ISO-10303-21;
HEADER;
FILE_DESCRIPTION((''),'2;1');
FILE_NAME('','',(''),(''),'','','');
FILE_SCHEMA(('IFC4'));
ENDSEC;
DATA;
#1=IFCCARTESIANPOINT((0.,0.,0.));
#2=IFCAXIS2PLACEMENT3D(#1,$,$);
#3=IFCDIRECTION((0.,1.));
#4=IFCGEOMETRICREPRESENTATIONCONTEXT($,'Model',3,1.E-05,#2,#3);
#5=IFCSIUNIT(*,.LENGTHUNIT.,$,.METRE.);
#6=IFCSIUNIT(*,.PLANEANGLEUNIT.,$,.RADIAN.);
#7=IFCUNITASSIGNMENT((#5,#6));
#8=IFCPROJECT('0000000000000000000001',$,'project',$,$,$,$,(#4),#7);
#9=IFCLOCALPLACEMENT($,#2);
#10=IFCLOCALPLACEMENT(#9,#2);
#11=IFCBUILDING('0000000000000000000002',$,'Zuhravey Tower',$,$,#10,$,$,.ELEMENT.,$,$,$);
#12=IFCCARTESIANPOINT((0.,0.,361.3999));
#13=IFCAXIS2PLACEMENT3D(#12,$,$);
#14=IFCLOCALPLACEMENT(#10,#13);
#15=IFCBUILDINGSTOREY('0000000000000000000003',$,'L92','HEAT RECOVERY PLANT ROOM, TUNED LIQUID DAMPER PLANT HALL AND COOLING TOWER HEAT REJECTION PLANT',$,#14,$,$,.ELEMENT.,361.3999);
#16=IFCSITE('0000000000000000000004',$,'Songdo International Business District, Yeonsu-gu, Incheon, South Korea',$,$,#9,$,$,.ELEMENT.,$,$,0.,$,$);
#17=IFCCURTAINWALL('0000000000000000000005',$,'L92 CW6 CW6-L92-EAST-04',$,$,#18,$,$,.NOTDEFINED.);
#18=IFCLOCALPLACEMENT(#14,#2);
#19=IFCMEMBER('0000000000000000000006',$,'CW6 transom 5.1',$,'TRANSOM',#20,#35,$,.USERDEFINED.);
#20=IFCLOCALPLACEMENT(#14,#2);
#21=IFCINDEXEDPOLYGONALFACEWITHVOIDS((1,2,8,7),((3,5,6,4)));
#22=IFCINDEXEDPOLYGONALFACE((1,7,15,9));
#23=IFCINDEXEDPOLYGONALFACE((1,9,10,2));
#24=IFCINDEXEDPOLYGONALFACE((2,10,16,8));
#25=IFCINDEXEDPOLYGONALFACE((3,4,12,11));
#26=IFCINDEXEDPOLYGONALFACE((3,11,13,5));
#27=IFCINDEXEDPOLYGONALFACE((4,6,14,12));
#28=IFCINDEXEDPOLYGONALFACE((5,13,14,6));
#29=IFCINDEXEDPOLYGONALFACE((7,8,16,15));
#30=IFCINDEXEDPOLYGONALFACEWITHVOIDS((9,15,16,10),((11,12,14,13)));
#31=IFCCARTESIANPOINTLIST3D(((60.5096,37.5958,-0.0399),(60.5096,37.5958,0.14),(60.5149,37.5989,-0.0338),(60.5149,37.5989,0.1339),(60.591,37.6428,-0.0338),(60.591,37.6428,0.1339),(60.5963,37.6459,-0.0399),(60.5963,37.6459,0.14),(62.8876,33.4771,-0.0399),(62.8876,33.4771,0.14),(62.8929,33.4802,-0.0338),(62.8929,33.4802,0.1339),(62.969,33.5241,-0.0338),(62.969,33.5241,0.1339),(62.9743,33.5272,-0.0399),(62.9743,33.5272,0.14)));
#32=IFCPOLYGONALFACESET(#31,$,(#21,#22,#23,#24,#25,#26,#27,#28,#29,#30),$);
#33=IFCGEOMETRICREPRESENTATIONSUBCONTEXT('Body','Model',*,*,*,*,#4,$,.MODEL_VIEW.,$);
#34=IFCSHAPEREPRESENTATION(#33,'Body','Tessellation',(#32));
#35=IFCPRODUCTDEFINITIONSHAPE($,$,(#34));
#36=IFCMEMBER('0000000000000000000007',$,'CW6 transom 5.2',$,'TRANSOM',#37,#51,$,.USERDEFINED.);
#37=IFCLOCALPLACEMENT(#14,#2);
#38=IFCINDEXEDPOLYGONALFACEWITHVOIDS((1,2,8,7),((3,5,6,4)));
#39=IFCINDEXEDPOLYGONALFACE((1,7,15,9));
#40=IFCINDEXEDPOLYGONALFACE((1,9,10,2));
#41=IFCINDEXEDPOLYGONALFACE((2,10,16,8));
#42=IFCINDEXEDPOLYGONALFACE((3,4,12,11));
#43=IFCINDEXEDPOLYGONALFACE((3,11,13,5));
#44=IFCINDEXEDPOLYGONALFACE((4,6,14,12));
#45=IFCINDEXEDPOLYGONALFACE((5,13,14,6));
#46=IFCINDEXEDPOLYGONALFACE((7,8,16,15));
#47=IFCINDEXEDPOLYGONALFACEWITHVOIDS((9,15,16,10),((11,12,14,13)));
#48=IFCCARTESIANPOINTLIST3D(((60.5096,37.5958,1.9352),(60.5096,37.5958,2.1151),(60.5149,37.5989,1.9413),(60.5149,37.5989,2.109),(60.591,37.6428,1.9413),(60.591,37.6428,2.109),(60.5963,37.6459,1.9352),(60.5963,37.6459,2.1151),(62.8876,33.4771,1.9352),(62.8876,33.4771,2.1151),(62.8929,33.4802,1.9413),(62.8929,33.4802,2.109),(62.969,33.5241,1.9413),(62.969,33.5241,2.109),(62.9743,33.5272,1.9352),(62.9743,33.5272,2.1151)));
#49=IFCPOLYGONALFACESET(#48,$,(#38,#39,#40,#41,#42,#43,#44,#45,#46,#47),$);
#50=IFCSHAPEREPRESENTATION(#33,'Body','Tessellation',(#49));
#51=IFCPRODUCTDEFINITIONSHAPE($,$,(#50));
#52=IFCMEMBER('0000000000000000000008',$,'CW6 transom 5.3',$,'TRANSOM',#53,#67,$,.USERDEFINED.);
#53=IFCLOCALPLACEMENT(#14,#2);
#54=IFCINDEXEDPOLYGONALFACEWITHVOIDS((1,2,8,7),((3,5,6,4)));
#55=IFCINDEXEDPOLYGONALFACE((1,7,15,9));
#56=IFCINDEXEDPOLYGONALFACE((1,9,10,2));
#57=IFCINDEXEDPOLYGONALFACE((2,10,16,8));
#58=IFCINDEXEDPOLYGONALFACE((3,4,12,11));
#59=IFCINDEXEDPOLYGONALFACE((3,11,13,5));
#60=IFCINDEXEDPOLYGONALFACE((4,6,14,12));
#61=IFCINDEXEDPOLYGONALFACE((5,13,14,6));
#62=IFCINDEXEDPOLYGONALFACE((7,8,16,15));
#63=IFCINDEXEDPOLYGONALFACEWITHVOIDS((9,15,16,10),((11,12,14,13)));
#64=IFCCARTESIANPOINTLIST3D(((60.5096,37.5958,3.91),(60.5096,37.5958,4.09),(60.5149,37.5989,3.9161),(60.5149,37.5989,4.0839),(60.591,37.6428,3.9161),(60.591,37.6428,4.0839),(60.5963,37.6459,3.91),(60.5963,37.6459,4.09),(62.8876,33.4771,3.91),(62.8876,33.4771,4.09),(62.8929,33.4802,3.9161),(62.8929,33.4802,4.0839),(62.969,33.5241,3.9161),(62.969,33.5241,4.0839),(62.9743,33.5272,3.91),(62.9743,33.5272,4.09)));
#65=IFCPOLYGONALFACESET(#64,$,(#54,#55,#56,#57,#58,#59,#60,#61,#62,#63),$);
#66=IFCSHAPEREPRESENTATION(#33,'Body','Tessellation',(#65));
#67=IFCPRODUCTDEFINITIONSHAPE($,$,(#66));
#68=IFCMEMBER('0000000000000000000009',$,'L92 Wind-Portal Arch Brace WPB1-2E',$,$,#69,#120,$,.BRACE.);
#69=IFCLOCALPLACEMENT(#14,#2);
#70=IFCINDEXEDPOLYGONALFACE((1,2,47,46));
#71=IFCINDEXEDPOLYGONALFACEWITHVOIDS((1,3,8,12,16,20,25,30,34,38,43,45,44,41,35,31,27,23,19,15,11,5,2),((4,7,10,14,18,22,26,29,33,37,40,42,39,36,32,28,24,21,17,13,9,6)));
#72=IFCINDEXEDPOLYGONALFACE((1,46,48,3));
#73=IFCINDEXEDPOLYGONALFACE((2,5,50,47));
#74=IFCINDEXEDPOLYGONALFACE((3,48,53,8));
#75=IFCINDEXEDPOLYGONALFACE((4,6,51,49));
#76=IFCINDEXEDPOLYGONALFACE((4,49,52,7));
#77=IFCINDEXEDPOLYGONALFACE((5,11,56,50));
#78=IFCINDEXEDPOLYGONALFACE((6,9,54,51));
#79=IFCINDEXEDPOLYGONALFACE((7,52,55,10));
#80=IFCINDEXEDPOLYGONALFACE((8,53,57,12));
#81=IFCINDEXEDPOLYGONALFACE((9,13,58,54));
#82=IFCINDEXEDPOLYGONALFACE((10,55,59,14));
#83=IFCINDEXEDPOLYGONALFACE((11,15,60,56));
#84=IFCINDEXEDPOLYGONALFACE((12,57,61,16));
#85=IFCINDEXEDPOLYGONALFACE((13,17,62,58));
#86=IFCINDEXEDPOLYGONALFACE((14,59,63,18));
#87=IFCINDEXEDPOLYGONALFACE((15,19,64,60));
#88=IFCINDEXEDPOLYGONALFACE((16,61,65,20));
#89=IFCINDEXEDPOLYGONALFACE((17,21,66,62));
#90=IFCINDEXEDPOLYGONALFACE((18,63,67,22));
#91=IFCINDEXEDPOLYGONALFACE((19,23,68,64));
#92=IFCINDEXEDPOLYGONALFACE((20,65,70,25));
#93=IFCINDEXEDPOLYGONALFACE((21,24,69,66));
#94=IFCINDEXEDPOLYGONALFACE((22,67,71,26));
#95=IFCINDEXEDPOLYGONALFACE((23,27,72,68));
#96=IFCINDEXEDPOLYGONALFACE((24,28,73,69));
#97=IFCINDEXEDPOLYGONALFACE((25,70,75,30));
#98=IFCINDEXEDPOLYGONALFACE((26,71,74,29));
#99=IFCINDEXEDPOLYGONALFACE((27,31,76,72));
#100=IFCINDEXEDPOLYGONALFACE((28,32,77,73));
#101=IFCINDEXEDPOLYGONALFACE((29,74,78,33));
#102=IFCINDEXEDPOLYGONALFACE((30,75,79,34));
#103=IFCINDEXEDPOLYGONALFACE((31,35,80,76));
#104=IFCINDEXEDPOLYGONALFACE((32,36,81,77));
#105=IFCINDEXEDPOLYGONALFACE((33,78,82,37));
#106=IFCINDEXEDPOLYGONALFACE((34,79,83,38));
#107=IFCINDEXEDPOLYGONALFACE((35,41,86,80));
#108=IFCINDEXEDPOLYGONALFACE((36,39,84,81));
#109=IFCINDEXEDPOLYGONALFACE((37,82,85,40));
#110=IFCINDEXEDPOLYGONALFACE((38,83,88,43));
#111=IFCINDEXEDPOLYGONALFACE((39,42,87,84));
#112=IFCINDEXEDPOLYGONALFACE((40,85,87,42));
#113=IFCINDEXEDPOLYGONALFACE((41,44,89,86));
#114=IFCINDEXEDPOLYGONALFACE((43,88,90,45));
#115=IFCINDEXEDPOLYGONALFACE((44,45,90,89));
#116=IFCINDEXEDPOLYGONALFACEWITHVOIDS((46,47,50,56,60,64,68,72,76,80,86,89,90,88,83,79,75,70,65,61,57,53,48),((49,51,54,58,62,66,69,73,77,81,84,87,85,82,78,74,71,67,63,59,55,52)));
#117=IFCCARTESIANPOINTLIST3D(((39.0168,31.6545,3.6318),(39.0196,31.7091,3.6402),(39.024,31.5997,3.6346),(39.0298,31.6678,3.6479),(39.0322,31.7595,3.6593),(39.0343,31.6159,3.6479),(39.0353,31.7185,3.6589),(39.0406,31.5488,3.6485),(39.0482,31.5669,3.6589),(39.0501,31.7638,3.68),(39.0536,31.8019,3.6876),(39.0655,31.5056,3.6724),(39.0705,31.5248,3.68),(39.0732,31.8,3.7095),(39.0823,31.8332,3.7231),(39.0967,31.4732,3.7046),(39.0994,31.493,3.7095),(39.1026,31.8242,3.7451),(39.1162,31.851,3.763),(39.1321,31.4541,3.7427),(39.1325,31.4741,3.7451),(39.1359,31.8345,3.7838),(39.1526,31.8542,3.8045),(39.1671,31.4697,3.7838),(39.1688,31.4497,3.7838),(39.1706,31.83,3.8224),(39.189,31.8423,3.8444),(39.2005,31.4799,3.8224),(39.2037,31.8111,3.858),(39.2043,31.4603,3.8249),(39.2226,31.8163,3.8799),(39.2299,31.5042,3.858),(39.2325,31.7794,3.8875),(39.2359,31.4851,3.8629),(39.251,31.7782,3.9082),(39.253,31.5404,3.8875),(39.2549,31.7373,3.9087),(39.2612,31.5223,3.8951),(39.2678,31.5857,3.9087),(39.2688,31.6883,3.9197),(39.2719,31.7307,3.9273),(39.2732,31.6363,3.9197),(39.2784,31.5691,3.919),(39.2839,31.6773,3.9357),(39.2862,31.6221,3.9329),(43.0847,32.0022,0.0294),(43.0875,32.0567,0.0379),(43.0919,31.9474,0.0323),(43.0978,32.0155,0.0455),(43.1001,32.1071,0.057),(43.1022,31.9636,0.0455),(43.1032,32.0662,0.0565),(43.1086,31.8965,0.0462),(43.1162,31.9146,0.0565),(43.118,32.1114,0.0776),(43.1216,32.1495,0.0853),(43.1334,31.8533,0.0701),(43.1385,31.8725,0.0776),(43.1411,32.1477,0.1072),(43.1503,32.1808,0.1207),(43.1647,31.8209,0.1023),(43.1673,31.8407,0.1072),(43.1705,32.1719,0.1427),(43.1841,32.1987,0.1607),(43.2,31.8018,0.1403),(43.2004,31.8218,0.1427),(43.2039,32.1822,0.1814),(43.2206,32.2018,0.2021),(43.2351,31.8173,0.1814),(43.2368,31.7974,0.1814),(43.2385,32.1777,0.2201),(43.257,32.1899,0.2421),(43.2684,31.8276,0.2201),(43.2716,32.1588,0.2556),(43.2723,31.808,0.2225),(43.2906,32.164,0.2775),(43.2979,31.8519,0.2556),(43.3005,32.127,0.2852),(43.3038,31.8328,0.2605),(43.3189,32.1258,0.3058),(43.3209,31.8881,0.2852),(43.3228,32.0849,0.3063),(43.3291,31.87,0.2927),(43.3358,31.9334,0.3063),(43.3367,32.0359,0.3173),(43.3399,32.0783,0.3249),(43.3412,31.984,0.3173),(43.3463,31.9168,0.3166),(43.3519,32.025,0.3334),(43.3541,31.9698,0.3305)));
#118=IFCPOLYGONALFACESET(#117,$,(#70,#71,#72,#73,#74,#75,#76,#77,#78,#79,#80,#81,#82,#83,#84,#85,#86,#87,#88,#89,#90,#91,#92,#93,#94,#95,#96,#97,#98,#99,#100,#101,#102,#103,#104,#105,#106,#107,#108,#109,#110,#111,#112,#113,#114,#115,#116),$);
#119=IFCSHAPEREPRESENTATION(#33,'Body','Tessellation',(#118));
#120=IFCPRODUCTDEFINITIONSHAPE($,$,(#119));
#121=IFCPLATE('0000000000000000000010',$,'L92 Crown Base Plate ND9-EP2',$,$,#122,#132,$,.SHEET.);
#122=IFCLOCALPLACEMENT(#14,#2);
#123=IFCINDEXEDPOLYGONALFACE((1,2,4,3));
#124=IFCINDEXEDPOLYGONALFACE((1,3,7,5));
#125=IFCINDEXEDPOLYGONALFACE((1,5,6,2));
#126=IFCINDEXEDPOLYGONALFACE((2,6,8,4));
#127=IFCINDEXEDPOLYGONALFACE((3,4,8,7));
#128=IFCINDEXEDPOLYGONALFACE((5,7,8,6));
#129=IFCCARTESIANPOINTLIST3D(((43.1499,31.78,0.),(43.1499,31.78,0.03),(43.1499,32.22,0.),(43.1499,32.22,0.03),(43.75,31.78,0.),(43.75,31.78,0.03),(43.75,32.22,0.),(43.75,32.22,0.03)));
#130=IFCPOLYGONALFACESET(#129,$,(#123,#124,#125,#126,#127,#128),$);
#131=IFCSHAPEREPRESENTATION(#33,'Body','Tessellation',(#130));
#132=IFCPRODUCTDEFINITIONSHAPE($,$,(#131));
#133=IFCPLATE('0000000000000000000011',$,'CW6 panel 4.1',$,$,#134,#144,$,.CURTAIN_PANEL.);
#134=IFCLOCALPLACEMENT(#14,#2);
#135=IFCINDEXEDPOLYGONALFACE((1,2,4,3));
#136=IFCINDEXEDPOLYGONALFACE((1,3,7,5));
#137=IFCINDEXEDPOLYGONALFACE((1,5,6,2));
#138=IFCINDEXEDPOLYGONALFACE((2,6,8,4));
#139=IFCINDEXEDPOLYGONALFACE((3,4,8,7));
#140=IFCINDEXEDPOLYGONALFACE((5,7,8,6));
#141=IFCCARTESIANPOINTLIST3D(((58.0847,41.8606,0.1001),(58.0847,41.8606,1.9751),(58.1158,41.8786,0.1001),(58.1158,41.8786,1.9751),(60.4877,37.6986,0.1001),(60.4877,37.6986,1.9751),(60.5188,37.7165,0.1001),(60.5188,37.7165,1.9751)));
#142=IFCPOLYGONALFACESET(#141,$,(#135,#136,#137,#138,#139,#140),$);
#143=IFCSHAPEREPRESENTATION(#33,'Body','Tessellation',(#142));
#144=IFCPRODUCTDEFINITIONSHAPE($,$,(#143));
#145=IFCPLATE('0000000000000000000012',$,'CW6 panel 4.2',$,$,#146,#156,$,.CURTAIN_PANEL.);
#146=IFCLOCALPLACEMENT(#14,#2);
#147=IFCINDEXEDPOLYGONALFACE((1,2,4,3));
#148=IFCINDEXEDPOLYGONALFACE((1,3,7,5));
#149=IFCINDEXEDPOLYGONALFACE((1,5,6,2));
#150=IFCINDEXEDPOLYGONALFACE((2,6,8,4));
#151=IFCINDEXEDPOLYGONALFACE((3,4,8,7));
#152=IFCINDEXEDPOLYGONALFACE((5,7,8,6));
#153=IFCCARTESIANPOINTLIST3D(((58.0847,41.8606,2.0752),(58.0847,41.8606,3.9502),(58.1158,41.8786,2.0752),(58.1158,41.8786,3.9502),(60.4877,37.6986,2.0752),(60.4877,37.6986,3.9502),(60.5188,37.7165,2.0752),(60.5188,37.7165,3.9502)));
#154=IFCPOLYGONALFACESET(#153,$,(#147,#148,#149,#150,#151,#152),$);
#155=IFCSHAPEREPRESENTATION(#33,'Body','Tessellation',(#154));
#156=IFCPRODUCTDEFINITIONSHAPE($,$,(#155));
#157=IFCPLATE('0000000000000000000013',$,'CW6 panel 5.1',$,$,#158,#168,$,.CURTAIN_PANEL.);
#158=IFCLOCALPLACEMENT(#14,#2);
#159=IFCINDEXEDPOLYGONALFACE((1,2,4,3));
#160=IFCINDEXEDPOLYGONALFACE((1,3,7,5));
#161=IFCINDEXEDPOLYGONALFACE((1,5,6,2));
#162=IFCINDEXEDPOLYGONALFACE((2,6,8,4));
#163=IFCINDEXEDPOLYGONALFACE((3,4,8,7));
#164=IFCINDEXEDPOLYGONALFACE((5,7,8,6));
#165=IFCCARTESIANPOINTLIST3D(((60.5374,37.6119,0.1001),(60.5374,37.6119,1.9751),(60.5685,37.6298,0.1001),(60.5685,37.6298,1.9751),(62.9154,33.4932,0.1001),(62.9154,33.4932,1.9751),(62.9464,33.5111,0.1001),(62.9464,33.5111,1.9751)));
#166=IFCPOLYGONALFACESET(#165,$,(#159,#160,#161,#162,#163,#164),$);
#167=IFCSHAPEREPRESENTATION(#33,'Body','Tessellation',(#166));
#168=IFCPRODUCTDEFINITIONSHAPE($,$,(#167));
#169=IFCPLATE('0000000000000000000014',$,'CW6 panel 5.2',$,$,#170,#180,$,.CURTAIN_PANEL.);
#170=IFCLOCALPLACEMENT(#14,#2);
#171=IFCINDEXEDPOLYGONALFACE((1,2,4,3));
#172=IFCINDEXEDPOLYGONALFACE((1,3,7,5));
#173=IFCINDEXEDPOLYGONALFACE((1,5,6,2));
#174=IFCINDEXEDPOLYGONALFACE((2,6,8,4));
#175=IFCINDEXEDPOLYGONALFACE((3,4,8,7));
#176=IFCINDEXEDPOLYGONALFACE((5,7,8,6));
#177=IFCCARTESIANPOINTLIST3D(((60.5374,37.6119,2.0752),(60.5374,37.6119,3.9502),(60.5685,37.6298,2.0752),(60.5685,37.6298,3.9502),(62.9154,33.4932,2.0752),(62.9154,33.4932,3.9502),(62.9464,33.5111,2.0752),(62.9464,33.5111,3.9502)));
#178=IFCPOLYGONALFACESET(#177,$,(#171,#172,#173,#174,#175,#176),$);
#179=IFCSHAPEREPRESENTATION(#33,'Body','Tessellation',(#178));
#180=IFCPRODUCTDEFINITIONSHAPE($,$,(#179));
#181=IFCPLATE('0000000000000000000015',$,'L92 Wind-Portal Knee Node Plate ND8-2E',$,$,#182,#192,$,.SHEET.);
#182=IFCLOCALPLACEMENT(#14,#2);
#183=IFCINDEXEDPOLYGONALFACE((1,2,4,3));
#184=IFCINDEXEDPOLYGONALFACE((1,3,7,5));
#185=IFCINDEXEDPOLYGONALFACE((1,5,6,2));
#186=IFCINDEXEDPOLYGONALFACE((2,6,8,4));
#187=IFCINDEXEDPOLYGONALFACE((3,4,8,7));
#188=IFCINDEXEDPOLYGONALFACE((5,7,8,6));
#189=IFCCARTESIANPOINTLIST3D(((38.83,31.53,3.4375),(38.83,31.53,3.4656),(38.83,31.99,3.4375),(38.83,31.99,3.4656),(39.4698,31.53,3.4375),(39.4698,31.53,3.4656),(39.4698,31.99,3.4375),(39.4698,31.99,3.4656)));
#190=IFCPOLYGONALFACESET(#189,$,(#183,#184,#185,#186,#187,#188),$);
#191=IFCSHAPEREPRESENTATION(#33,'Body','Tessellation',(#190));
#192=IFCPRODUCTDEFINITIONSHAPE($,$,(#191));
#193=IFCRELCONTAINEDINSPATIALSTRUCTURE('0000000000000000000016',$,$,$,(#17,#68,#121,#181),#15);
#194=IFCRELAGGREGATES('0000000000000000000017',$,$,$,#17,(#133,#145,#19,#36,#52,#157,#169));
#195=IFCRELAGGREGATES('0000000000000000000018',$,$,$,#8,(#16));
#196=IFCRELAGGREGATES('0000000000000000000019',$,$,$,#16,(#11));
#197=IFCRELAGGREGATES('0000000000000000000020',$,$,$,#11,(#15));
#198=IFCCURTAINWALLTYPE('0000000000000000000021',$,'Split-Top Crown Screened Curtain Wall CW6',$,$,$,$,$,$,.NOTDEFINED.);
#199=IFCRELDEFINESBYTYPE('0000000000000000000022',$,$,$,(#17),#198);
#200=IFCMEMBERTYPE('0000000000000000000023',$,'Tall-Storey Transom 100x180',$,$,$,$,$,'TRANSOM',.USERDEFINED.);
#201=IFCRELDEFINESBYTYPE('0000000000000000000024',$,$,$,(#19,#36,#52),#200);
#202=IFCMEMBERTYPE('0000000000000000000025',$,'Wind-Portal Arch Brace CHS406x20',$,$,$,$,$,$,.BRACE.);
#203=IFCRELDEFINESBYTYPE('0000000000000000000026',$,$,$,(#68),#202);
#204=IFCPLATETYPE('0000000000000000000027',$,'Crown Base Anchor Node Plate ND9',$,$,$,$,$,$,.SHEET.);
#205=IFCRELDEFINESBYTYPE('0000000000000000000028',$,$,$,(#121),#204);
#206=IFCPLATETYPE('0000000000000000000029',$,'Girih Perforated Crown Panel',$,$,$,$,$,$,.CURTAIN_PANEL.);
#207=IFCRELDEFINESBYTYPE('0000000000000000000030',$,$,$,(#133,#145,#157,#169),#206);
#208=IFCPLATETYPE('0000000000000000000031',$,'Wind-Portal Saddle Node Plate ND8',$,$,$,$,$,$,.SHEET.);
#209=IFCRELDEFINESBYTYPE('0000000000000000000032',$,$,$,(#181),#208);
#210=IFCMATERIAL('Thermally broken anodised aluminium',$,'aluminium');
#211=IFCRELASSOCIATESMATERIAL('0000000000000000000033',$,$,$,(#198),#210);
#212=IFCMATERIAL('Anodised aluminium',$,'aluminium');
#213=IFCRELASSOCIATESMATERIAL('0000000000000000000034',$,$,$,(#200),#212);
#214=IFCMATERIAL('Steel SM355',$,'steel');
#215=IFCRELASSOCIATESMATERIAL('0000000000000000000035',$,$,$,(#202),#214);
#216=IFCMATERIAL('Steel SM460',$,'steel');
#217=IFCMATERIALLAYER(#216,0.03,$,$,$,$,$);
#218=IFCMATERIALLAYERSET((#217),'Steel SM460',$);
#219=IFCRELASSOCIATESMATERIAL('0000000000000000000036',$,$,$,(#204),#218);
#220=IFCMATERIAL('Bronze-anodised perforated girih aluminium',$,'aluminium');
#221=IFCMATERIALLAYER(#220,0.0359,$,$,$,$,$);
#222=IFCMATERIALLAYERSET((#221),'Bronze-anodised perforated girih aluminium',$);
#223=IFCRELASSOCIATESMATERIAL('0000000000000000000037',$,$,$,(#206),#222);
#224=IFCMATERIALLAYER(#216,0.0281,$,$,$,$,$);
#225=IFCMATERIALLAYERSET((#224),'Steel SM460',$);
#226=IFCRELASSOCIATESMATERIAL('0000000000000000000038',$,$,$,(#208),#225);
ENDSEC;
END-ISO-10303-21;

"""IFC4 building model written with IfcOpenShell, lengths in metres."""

from ifc_helpers import new_model, si_unit, direction, frame, origin, origin_2d, place, context, subcontext, project, spatial, rectangle, hollow_rectangle, hollow_circle, extrude, material, layer, layer_set, material_profile, profile_set, type_object, element, aggregate, save


model = new_model("IFC4")

# Units and contexts
model_context = context("Model", 3, precision=1e-05, world=origin(), true_north=direction((0.0, 1.0)))
body_context = subcontext(model_context, "Body", "Model", "MODEL_VIEW")
ifc_project = project(units=[si_unit("LENGTHUNIT", "METRE"), si_unit("PLANEANGLEUNIT", "RADIAN")], contexts=[model_context])

# Site, building, storey
site_placement = place(None, origin())
site = spatial("IfcSite", under=ifc_project, at=site_placement, Name="Songdo International Business District, Yeonsu-gu, Incheon, South Korea", CompositionType="ELEMENT", RefElevation=0.0)
building_placement = place(site_placement, origin())
building = spatial("IfcBuilding", under=site, at=building_placement, Name="Zuhravey Tower", CompositionType="ELEMENT")
storey_placement = place(building_placement, frame((0.0, 0.0, 361.3999)))
storey = spatial("IfcBuildingStorey", under=building, at=storey_placement, Name="L92", Description="HEAT RECOVERY PLANT ROOM, TUNED LIQUID DAMPER PLANT HALL AND COOLING TOWER HEAT REJECTION PLANT", CompositionType="ELEMENT", Elevation=361.3999)

# Shared definitions
ifc_material_1 = material(Name="Steel SM355", Category="steel")

# Curtain wall
ifc_material_2 = material(Name="Thermally broken anodised aluminium", Category="aluminium")
curtain_wall_type = type_object("IfcCurtainWallType", Name="Split-Top Crown Screened Curtain Wall CW6", PredefinedType="NOTDEFINED", material=ifc_material_2)
curtain_wall_1_placement = place(storey_placement, origin())
curtain_wall_1 = element("IfcCurtainWall", 1, at=curtain_wall_1_placement, inside=storey, type_object=curtain_wall_type, Name="L92 CW6 CW6-L92-EAST-04", PredefinedType="NOTDEFINED")
ifc_material_3 = material(Name="Anodised aluminium", Category="aluminium")

# Members
ifc_material_profile_1 = material_profile(ifc_material_3, hollow_rectangle(XDim=0.1001, YDim=0.1799, WallThickness=0.0061, at=origin_2d()), Name="ALU-RHS-100x180x6")
ifc_profile_set_1 = profile_set([ifc_material_profile_1], Name="Anodised aluminium")
member_type_1 = type_object("IfcMemberType", Name="Tall-Storey Transom 100x180", ElementType="TRANSOM", PredefinedType="USERDEFINED", material=ifc_profile_set_1)
member_1_placement = place(storey_placement, frame((60.553, 37.6208, 0.05), z_axis=(0.500004, -0.866023, 0.0), x_axis=(0.866023, 0.500004, 0.0)))
member_1 = element("IfcMember", 2, at=member_1_placement, type_object=member_type_1, Name="CW6 transom 5.1", ObjectType="TRANSOM", PredefinedType="USERDEFINED", context=body_context, shape_type="SweptSolid", body=[
    extrude(hollow_rectangle(XDim=0.1001, YDim=0.1799, WallThickness=0.0061, at=origin_2d()), origin(), (0.0, 0.0, 1.0), 4.7559),
])
member_2_placement = place(storey_placement, frame((60.553, 37.6208, 2.0251), z_axis=(0.500004, -0.866023, 0.0), x_axis=(0.866023, 0.500004, 0.0)))
member_2 = element("IfcMember", 3, at=member_2_placement, type_object=member_type_1, Name="CW6 transom 5.2", ObjectType="TRANSOM", PredefinedType="USERDEFINED", context=body_context, shape_type="SweptSolid", body=[
    extrude(hollow_rectangle(XDim=0.1001, YDim=0.1799, WallThickness=0.0061, at=origin_2d()), origin(), (0.0, 0.0, 1.0), 4.7559),
])
member_3_placement = place(storey_placement, frame((60.553, 37.6208, 4.0), z_axis=(0.500004, -0.866023, 0.0), x_axis=(0.866023, 0.500004, 0.0)))
member_3 = element("IfcMember", 4, at=member_3_placement, type_object=member_type_1, Name="CW6 transom 5.3", ObjectType="TRANSOM", PredefinedType="USERDEFINED", context=body_context, shape_type="SweptSolid", body=[
    extrude(hollow_rectangle(XDim=0.1001, YDim=0.1799, WallThickness=0.0061, at=origin_2d()), origin(), (0.0, 0.0, 1.0), 4.7559),
])
ifc_material_profile_2 = material_profile(ifc_material_1, hollow_circle(Radius=0.2031, WallThickness=0.02, at=origin_2d()), Name="CHS-406.4x20")
ifc_profile_set_2 = profile_set([ifc_material_profile_2], Name="Steel SM355")
member_type_2 = type_object("IfcMemberType", Name="Wind-Portal Arch Brace CHS406x20", PredefinedType="BRACE", material=ifc_profile_set_2)
member_4_placement = place(storey_placement, frame((43.2195, 31.9998, 0.1814), z_axis=(-0.747122, -0.063852, 0.661613), x_axis=(0.085154, -0.996368, 0.0)))
element("IfcMember", 5, at=member_4_placement, inside=storey, type_object=member_type_2, Name="L92 Wind-Portal Arch Brace WPB1-2E", PredefinedType="BRACE", context=body_context, shape_type="SweptSolid", body=[
    extrude(hollow_circle(Radius=0.2031, WallThickness=0.02, at=origin_2d()), origin(), (0.0, 0.0, 1.0), 5.4448),
])

# Plates
ifc_material_4 = material(Name="Steel SM460", Category="steel")
ifc_layer_1 = layer(ifc_material_4, 0.03)
ifc_layer_set_1 = layer_set([ifc_layer_1], Name="Steel SM460")
plate_type_1 = type_object("IfcPlateType", Name="Crown Base Anchor Node Plate ND9", PredefinedType="SHEET", material=ifc_layer_set_1)
plate_1_placement = place(storey_placement, frame((43.45, 32.0, 0.0), z_axis=(0.0, 0.0, 1.0), x_axis=(1.0, 0.0, 0.0)))
element("IfcPlate", 6, at=plate_1_placement, inside=storey, type_object=plate_type_1, Name="L92 Crown Base Plate ND9-EP2", PredefinedType="SHEET", context=body_context, shape_type="SweptSolid", body=[
    extrude(rectangle(XDim=0.6001, YDim=0.4399, at=origin_2d()), origin(), (0.0, 0.0, 1.0), 0.03),
])
ifc_material_5 = material(Name="Bronze-anodised perforated girih aluminium", Category="aluminium")
ifc_layer_2 = layer(ifc_material_5, 0.0359)
ifc_layer_set_2 = layer_set([ifc_layer_2], Name="Bronze-anodised perforated girih aluminium")
plate_type_2 = type_object("IfcPlateType", Name="Girih Perforated Crown Panel", PredefinedType="CURTAIN_PANEL", material=ifc_layer_set_2)
plate_2_placement = place(storey_placement, frame((59.3018, 39.7886, 0.1001), z_axis=(0.0, 0.0, 1.0), x_axis=(0.499997, -0.866027, 0.0)))
plate_2 = element("IfcPlate", 7, at=plate_2_placement, type_object=plate_type_2, Name="CW6 panel 4.1", PredefinedType="CURTAIN_PANEL", context=body_context, shape_type="SweptSolid", body=[
    extrude(rectangle(XDim=4.8059, YDim=0.0359, at=origin_2d()), origin(), (0.0, 0.0, 1.0), 1.875),
])
plate_3_placement = place(storey_placement, frame((59.3018, 39.7886, 2.0752), z_axis=(0.0, 0.0, 1.0), x_axis=(0.499997, -0.866027, 0.0)))
plate_3 = element("IfcPlate", 8, at=plate_3_placement, type_object=plate_type_2, Name="CW6 panel 4.2", PredefinedType="CURTAIN_PANEL", context=body_context, shape_type="SweptSolid", body=[
    extrude(rectangle(XDim=4.8059, YDim=0.0359, at=origin_2d()), origin(), (0.0, 0.0, 1.0), 1.875),
])
plate_4_placement = place(storey_placement, frame((61.7419, 35.5615, 0.1001), z_axis=(0.0, 0.0, 1.0), x_axis=(0.499997, -0.866027, 0.0)))
plate_4 = element("IfcPlate", 9, at=plate_4_placement, type_object=plate_type_2, Name="CW6 panel 5.1", PredefinedType="CURTAIN_PANEL", context=body_context, shape_type="SweptSolid", body=[
    extrude(rectangle(XDim=4.7559, YDim=0.0359, at=origin_2d()), origin(), (0.0, 0.0, 1.0), 1.875),
])
plate_5_placement = place(storey_placement, frame((61.7419, 35.5615, 2.0752), z_axis=(0.0, 0.0, 1.0), x_axis=(0.499997, -0.866027, 0.0)))
plate_5 = element("IfcPlate", 10, at=plate_5_placement, type_object=plate_type_2, Name="CW6 panel 5.2", PredefinedType="CURTAIN_PANEL", context=body_context, shape_type="SweptSolid", body=[
    extrude(rectangle(XDim=4.7559, YDim=0.0359, at=origin_2d()), origin(), (0.0, 0.0, 1.0), 1.875),
])
aggregate(curtain_wall_1, [plate_2, plate_3, member_1, member_2, member_3, plate_4, plate_5])
ifc_layer_3 = layer(ifc_material_4, 0.0281)
ifc_layer_set_3 = layer_set([ifc_layer_3], Name="Steel SM460")
plate_type_3 = type_object("IfcPlateType", Name="Wind-Portal Saddle Node Plate ND8", PredefinedType="SHEET", material=ifc_layer_set_3)
plate_6_placement = place(storey_placement, frame((39.1499, 31.76, 3.4375), z_axis=(0.0, 0.0, 1.0), x_axis=(1.0, 0.0, 0.0)))
element("IfcPlate", 11, at=plate_6_placement, inside=storey, type_object=plate_type_3, Name="L92 Wind-Portal Knee Node Plate ND8-2E", PredefinedType="SHEET", context=body_context, shape_type="SweptSolid", body=[
    extrude(rectangle(XDim=0.6399, YDim=0.46, at=origin_2d()), origin(), (0.0, 0.0, 1.0), 0.0281),
])

save(model, "model.ifc")
